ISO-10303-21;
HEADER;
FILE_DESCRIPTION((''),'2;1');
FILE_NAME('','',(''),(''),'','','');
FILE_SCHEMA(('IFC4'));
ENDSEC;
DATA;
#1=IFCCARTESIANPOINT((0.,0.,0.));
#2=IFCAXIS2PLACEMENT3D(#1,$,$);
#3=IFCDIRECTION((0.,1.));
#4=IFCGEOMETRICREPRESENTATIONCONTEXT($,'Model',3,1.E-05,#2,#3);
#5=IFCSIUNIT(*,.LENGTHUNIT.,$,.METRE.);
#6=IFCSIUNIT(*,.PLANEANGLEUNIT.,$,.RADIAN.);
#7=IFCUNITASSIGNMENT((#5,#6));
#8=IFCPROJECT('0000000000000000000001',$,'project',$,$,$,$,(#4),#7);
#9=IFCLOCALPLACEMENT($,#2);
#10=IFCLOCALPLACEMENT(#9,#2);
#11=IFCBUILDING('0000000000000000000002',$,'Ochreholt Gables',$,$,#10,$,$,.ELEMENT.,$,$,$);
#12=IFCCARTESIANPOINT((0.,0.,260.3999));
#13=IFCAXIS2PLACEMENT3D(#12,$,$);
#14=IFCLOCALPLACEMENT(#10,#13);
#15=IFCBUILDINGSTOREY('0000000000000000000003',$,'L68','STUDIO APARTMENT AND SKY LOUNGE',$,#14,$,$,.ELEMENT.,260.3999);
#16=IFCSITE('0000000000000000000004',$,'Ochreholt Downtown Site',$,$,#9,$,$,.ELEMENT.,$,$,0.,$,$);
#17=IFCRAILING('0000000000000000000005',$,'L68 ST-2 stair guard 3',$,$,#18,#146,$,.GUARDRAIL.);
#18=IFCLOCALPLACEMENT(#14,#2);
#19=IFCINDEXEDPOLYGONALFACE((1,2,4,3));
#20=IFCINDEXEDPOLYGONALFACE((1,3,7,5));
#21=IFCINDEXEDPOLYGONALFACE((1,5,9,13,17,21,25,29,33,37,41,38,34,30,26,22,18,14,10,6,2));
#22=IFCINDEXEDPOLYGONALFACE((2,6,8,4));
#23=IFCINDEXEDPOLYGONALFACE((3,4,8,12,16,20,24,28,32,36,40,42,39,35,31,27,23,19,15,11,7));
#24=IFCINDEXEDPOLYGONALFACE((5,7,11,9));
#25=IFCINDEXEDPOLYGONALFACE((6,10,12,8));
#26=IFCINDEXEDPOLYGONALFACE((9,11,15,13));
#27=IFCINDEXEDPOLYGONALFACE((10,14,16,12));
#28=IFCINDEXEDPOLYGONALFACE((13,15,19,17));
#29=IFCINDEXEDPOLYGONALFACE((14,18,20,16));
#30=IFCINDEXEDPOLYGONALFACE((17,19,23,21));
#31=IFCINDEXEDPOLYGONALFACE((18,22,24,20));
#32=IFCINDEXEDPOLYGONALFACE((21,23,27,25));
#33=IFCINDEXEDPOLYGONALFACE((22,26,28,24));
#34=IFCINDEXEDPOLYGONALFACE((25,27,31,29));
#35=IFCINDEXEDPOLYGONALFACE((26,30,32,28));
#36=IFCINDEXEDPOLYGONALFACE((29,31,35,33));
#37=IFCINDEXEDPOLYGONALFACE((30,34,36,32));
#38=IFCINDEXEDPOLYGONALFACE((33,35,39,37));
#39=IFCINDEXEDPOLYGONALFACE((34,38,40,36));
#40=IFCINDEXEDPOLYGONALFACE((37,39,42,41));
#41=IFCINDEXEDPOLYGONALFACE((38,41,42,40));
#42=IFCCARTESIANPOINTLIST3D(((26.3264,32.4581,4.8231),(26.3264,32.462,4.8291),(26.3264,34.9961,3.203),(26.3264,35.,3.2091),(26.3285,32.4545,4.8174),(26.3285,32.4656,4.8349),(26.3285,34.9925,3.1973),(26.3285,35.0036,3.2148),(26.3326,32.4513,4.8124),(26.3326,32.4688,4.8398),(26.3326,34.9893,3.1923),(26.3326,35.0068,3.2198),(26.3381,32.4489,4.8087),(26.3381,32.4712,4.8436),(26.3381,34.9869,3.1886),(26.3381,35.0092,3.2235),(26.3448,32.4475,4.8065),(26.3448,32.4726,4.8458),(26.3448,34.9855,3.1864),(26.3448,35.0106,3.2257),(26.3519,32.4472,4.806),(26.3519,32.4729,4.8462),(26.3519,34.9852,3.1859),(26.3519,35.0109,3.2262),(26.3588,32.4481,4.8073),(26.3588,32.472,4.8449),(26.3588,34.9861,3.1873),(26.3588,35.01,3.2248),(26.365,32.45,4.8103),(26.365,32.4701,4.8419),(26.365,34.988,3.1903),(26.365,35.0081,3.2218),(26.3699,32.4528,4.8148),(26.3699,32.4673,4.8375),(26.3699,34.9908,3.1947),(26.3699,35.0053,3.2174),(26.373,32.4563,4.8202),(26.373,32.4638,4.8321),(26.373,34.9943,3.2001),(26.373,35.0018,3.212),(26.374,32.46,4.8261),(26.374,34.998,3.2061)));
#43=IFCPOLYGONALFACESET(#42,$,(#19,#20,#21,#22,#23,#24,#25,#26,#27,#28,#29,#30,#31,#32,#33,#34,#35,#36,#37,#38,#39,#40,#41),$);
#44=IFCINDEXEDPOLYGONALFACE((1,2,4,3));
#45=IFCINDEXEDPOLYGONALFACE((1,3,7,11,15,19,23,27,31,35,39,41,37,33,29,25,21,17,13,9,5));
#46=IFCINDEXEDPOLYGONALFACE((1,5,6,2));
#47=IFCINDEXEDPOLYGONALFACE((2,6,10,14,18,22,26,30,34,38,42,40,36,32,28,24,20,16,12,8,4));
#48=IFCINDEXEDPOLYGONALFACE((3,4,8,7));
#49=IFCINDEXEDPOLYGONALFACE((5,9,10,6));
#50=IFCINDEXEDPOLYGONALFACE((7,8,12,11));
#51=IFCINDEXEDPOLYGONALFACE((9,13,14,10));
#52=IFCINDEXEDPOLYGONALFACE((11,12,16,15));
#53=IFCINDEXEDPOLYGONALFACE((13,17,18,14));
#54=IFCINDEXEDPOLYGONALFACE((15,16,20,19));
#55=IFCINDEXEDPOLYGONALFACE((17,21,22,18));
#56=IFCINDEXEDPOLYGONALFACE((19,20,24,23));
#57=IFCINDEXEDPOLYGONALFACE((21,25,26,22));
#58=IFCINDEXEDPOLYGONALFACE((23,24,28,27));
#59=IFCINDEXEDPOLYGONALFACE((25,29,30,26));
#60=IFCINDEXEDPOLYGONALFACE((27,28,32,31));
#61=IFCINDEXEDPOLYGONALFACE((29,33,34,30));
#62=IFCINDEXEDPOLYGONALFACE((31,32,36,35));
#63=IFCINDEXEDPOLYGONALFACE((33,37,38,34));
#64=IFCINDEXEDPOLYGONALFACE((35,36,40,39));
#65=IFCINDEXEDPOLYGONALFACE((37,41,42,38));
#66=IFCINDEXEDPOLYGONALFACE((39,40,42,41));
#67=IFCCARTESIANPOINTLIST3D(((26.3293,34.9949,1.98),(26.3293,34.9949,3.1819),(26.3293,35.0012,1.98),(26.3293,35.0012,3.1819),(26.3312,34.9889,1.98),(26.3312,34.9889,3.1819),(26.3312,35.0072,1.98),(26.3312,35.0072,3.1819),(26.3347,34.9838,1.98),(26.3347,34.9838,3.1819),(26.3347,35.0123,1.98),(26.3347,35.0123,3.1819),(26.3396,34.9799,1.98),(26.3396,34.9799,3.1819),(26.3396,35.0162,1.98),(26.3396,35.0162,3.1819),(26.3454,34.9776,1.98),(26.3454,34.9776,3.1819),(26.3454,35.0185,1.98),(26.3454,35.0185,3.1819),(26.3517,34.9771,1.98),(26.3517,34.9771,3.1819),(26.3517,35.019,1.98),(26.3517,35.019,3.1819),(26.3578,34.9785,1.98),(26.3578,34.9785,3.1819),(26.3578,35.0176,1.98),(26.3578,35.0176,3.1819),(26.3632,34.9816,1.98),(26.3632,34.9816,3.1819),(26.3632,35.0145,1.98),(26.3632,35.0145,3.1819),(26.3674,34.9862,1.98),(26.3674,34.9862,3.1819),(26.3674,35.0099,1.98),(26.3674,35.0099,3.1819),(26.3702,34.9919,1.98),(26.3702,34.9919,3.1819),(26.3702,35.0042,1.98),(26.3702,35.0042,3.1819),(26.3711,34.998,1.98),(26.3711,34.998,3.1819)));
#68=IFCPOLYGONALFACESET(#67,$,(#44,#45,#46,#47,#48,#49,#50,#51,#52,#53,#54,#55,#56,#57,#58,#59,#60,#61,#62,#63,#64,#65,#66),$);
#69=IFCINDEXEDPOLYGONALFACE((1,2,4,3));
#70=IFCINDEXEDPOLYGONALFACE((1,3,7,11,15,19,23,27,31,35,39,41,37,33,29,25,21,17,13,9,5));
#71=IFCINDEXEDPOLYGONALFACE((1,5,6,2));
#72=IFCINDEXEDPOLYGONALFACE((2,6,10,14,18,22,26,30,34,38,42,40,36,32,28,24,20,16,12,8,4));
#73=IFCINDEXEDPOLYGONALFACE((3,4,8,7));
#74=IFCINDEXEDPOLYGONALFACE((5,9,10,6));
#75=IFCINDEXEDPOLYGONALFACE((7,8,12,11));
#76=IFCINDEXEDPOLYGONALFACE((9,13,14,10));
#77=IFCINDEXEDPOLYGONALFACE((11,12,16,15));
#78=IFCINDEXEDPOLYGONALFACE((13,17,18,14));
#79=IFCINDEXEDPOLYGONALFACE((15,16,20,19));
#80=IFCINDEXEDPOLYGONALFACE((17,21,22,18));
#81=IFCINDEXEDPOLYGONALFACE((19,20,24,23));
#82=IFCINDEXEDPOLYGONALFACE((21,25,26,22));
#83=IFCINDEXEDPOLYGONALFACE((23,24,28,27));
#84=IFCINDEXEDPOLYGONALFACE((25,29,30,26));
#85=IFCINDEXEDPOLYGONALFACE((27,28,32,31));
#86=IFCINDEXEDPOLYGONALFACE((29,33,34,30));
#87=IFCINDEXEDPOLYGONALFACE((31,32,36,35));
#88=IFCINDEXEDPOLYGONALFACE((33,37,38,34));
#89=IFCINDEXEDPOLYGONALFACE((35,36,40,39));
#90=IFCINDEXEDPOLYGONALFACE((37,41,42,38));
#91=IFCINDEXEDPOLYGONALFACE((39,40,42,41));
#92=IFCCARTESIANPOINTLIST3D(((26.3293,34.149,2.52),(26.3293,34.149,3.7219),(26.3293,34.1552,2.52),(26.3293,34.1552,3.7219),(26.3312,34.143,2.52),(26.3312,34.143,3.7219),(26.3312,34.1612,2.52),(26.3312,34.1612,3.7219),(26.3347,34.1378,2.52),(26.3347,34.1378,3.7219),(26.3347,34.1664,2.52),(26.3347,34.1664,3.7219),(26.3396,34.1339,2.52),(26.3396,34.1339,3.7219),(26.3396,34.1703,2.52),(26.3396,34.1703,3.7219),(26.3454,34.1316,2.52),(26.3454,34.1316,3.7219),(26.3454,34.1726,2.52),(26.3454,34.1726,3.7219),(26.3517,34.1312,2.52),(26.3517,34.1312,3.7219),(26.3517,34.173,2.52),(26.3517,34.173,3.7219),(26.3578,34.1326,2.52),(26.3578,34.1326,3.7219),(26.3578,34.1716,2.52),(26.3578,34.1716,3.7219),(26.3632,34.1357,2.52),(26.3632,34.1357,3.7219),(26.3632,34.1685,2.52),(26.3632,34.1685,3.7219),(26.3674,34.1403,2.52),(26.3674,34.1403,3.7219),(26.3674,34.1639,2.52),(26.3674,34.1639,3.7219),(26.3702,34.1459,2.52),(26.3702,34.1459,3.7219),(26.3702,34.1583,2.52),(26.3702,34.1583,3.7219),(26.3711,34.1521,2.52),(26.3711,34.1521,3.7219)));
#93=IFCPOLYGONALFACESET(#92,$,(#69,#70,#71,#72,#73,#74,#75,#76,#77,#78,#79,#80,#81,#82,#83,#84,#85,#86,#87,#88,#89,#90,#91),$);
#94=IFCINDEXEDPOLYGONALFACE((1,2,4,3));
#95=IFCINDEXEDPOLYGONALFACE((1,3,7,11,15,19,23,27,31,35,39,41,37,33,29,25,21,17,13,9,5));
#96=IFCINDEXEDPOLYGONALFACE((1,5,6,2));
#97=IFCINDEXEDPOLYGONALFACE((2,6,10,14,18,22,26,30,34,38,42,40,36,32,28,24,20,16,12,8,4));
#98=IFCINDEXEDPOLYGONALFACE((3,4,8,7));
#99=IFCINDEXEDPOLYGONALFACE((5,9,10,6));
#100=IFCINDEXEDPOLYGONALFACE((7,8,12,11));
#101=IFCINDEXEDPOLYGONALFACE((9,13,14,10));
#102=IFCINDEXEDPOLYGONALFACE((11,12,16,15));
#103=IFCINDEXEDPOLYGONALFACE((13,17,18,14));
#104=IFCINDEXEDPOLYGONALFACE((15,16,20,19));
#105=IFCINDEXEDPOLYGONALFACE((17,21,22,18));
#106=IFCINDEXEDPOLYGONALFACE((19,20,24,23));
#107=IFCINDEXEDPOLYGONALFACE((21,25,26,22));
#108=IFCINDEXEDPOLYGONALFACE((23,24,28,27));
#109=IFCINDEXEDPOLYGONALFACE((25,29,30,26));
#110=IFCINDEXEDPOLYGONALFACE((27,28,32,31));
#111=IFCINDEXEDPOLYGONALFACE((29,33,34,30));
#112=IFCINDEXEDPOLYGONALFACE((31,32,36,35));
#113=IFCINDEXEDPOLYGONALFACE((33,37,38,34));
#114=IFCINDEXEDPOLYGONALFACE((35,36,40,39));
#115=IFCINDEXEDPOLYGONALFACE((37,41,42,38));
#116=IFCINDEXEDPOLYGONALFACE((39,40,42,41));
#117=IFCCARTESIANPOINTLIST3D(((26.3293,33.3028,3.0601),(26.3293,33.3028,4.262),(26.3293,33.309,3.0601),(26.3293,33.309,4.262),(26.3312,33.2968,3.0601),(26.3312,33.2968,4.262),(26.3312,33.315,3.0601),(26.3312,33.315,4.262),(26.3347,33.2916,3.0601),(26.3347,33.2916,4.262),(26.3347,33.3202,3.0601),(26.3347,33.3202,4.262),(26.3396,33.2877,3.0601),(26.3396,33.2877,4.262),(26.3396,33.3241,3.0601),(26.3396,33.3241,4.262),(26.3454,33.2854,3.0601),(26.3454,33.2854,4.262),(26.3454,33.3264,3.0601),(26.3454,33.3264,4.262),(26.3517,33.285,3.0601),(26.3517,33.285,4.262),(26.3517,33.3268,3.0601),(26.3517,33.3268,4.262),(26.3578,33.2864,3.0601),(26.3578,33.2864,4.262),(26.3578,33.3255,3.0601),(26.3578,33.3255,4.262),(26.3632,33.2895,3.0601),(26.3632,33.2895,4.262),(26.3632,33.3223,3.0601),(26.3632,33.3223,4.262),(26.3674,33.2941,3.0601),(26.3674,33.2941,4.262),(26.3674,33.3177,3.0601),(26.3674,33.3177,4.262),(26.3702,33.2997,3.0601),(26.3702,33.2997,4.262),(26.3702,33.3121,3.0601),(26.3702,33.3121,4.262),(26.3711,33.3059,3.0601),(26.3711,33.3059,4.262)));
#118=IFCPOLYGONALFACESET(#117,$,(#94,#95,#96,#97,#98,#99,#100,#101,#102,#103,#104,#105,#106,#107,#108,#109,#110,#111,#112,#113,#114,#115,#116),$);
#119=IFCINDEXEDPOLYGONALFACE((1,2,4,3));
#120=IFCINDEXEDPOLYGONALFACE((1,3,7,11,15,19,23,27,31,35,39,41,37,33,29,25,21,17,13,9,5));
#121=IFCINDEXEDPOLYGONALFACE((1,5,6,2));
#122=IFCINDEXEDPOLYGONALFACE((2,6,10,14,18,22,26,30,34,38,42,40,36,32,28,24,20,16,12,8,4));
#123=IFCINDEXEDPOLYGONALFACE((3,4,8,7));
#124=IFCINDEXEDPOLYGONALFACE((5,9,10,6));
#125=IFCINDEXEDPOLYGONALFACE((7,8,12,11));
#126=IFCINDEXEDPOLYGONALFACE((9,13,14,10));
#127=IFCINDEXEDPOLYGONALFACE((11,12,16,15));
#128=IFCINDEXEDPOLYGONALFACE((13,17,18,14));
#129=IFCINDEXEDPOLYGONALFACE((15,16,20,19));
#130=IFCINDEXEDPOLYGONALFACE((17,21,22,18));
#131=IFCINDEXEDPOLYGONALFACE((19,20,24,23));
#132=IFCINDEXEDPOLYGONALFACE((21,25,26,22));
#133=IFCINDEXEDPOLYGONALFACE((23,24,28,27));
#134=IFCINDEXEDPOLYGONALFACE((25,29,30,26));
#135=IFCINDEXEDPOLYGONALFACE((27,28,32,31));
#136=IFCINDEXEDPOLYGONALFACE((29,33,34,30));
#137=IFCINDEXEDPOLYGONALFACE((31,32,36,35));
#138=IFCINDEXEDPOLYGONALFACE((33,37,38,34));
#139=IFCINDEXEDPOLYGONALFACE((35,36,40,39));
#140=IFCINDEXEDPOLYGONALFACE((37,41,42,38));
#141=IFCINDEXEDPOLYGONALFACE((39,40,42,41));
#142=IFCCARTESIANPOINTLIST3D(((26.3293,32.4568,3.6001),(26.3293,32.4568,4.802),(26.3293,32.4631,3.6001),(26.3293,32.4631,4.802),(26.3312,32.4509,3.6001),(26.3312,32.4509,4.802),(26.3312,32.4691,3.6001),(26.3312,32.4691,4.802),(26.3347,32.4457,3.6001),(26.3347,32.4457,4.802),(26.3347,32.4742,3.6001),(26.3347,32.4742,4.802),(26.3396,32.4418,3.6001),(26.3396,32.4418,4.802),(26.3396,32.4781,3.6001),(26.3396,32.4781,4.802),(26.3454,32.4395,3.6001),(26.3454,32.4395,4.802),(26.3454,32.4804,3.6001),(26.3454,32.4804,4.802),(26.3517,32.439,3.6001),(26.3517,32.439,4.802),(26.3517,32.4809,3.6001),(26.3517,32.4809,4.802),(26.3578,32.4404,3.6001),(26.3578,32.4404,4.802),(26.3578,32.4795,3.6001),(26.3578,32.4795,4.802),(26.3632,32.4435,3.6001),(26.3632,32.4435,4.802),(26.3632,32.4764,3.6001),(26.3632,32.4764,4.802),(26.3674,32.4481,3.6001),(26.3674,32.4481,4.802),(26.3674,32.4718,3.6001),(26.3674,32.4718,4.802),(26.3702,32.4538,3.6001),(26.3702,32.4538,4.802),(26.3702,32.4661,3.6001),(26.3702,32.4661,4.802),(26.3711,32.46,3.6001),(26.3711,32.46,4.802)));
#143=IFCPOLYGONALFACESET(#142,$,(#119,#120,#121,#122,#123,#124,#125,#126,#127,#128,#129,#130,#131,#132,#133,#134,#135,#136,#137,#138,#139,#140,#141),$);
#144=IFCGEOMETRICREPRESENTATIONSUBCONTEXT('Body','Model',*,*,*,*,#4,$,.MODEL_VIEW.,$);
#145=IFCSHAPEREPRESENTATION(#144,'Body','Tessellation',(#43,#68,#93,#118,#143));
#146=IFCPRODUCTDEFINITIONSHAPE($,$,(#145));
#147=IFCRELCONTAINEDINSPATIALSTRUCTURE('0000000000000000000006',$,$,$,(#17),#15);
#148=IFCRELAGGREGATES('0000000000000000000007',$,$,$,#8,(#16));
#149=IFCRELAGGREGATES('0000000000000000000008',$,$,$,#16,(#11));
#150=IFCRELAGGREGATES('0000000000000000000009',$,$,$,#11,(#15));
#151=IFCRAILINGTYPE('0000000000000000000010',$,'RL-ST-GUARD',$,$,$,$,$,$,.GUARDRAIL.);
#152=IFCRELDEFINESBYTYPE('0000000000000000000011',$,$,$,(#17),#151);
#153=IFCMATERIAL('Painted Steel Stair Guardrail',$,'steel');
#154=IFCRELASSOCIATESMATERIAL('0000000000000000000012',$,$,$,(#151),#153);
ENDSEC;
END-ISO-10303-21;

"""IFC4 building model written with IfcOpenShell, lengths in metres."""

from ifc_helpers import new_model, si_unit, direction, frame, origin, origin_2d, place, context, subcontext, project, spatial, circle, extrude, material, type_object, element, save


model = new_model("IFC4")

# Units and contexts
model_context = context("Model", 3, precision=1e-05, world=origin(), true_north=direction((0.0, 1.0)))
body_context = subcontext(model_context, "Body", "Model", "MODEL_VIEW")
ifc_project = project(units=[si_unit("LENGTHUNIT", "METRE"), si_unit("PLANEANGLEUNIT", "RADIAN")], contexts=[model_context])

# Site, building, storey
site_placement = place(None, origin())
site = spatial("IfcSite", under=ifc_project, at=site_placement, Name="Ochreholt Downtown Site", CompositionType="ELEMENT", RefElevation=0.0)
building_placement = place(site_placement, origin())
building = spatial("IfcBuilding", under=site, at=building_placement, Name="Ochreholt Gables", CompositionType="ELEMENT")
storey_placement = place(building_placement, frame((0.0, 0.0, 260.3999)))
storey = spatial("IfcBuildingStorey", under=building, at=storey_placement, Name="L68", Description="STUDIO APARTMENT AND SKY LOUNGE", CompositionType="ELEMENT", Elevation=260.3999)

# Railing
ifc_material_1 = material(Name="Painted Steel Stair Guardrail", Category="steel")
railing_type_1 = type_object("IfcRailingType", Name="RL-ST-GUARD", PredefinedType="GUARDRAIL", material=ifc_material_1)
railing_1_placement = place(storey_placement, frame((26.3501, 34.998, 1.98)))
element("IfcRailing", 1, at=railing_1_placement, inside=storey, type_object=railing_type_1, Name="L68 ST-2 stair guard 3", PredefinedType="GUARDRAIL", context=body_context, shape_type="SweptSolid", body=[
    extrude(circle(Radius=0.0239, at=origin_2d()), frame((0.0, 0.0, 1.2261), z_axis=(0.0, -0.842913, 0.53805), x_axis=(1.0, 0.0, 0.0)), (0.0, 0.0, 1.0), 3.011),
    extrude(circle(Radius=0.021, at=origin_2d()), origin(), (0.0, 0.0, 1.0), 1.2019),
    extrude(circle(Radius=0.021, at=origin_2d()), frame((0.0, -0.8459, 0.54)), (0.0, 0.0, 1.0), 1.2019),
    extrude(circle(Radius=0.021, at=origin_2d()), frame((0.0, -1.6921, 1.0801)), (0.0, 0.0, 1.0), 1.2019),
    extrude(circle(Radius=0.021, at=origin_2d()), frame((0.0, -2.5381, 1.6201)), (0.0, 0.0, 1.0), 1.2019),
])

save(model, "model.ifc")
